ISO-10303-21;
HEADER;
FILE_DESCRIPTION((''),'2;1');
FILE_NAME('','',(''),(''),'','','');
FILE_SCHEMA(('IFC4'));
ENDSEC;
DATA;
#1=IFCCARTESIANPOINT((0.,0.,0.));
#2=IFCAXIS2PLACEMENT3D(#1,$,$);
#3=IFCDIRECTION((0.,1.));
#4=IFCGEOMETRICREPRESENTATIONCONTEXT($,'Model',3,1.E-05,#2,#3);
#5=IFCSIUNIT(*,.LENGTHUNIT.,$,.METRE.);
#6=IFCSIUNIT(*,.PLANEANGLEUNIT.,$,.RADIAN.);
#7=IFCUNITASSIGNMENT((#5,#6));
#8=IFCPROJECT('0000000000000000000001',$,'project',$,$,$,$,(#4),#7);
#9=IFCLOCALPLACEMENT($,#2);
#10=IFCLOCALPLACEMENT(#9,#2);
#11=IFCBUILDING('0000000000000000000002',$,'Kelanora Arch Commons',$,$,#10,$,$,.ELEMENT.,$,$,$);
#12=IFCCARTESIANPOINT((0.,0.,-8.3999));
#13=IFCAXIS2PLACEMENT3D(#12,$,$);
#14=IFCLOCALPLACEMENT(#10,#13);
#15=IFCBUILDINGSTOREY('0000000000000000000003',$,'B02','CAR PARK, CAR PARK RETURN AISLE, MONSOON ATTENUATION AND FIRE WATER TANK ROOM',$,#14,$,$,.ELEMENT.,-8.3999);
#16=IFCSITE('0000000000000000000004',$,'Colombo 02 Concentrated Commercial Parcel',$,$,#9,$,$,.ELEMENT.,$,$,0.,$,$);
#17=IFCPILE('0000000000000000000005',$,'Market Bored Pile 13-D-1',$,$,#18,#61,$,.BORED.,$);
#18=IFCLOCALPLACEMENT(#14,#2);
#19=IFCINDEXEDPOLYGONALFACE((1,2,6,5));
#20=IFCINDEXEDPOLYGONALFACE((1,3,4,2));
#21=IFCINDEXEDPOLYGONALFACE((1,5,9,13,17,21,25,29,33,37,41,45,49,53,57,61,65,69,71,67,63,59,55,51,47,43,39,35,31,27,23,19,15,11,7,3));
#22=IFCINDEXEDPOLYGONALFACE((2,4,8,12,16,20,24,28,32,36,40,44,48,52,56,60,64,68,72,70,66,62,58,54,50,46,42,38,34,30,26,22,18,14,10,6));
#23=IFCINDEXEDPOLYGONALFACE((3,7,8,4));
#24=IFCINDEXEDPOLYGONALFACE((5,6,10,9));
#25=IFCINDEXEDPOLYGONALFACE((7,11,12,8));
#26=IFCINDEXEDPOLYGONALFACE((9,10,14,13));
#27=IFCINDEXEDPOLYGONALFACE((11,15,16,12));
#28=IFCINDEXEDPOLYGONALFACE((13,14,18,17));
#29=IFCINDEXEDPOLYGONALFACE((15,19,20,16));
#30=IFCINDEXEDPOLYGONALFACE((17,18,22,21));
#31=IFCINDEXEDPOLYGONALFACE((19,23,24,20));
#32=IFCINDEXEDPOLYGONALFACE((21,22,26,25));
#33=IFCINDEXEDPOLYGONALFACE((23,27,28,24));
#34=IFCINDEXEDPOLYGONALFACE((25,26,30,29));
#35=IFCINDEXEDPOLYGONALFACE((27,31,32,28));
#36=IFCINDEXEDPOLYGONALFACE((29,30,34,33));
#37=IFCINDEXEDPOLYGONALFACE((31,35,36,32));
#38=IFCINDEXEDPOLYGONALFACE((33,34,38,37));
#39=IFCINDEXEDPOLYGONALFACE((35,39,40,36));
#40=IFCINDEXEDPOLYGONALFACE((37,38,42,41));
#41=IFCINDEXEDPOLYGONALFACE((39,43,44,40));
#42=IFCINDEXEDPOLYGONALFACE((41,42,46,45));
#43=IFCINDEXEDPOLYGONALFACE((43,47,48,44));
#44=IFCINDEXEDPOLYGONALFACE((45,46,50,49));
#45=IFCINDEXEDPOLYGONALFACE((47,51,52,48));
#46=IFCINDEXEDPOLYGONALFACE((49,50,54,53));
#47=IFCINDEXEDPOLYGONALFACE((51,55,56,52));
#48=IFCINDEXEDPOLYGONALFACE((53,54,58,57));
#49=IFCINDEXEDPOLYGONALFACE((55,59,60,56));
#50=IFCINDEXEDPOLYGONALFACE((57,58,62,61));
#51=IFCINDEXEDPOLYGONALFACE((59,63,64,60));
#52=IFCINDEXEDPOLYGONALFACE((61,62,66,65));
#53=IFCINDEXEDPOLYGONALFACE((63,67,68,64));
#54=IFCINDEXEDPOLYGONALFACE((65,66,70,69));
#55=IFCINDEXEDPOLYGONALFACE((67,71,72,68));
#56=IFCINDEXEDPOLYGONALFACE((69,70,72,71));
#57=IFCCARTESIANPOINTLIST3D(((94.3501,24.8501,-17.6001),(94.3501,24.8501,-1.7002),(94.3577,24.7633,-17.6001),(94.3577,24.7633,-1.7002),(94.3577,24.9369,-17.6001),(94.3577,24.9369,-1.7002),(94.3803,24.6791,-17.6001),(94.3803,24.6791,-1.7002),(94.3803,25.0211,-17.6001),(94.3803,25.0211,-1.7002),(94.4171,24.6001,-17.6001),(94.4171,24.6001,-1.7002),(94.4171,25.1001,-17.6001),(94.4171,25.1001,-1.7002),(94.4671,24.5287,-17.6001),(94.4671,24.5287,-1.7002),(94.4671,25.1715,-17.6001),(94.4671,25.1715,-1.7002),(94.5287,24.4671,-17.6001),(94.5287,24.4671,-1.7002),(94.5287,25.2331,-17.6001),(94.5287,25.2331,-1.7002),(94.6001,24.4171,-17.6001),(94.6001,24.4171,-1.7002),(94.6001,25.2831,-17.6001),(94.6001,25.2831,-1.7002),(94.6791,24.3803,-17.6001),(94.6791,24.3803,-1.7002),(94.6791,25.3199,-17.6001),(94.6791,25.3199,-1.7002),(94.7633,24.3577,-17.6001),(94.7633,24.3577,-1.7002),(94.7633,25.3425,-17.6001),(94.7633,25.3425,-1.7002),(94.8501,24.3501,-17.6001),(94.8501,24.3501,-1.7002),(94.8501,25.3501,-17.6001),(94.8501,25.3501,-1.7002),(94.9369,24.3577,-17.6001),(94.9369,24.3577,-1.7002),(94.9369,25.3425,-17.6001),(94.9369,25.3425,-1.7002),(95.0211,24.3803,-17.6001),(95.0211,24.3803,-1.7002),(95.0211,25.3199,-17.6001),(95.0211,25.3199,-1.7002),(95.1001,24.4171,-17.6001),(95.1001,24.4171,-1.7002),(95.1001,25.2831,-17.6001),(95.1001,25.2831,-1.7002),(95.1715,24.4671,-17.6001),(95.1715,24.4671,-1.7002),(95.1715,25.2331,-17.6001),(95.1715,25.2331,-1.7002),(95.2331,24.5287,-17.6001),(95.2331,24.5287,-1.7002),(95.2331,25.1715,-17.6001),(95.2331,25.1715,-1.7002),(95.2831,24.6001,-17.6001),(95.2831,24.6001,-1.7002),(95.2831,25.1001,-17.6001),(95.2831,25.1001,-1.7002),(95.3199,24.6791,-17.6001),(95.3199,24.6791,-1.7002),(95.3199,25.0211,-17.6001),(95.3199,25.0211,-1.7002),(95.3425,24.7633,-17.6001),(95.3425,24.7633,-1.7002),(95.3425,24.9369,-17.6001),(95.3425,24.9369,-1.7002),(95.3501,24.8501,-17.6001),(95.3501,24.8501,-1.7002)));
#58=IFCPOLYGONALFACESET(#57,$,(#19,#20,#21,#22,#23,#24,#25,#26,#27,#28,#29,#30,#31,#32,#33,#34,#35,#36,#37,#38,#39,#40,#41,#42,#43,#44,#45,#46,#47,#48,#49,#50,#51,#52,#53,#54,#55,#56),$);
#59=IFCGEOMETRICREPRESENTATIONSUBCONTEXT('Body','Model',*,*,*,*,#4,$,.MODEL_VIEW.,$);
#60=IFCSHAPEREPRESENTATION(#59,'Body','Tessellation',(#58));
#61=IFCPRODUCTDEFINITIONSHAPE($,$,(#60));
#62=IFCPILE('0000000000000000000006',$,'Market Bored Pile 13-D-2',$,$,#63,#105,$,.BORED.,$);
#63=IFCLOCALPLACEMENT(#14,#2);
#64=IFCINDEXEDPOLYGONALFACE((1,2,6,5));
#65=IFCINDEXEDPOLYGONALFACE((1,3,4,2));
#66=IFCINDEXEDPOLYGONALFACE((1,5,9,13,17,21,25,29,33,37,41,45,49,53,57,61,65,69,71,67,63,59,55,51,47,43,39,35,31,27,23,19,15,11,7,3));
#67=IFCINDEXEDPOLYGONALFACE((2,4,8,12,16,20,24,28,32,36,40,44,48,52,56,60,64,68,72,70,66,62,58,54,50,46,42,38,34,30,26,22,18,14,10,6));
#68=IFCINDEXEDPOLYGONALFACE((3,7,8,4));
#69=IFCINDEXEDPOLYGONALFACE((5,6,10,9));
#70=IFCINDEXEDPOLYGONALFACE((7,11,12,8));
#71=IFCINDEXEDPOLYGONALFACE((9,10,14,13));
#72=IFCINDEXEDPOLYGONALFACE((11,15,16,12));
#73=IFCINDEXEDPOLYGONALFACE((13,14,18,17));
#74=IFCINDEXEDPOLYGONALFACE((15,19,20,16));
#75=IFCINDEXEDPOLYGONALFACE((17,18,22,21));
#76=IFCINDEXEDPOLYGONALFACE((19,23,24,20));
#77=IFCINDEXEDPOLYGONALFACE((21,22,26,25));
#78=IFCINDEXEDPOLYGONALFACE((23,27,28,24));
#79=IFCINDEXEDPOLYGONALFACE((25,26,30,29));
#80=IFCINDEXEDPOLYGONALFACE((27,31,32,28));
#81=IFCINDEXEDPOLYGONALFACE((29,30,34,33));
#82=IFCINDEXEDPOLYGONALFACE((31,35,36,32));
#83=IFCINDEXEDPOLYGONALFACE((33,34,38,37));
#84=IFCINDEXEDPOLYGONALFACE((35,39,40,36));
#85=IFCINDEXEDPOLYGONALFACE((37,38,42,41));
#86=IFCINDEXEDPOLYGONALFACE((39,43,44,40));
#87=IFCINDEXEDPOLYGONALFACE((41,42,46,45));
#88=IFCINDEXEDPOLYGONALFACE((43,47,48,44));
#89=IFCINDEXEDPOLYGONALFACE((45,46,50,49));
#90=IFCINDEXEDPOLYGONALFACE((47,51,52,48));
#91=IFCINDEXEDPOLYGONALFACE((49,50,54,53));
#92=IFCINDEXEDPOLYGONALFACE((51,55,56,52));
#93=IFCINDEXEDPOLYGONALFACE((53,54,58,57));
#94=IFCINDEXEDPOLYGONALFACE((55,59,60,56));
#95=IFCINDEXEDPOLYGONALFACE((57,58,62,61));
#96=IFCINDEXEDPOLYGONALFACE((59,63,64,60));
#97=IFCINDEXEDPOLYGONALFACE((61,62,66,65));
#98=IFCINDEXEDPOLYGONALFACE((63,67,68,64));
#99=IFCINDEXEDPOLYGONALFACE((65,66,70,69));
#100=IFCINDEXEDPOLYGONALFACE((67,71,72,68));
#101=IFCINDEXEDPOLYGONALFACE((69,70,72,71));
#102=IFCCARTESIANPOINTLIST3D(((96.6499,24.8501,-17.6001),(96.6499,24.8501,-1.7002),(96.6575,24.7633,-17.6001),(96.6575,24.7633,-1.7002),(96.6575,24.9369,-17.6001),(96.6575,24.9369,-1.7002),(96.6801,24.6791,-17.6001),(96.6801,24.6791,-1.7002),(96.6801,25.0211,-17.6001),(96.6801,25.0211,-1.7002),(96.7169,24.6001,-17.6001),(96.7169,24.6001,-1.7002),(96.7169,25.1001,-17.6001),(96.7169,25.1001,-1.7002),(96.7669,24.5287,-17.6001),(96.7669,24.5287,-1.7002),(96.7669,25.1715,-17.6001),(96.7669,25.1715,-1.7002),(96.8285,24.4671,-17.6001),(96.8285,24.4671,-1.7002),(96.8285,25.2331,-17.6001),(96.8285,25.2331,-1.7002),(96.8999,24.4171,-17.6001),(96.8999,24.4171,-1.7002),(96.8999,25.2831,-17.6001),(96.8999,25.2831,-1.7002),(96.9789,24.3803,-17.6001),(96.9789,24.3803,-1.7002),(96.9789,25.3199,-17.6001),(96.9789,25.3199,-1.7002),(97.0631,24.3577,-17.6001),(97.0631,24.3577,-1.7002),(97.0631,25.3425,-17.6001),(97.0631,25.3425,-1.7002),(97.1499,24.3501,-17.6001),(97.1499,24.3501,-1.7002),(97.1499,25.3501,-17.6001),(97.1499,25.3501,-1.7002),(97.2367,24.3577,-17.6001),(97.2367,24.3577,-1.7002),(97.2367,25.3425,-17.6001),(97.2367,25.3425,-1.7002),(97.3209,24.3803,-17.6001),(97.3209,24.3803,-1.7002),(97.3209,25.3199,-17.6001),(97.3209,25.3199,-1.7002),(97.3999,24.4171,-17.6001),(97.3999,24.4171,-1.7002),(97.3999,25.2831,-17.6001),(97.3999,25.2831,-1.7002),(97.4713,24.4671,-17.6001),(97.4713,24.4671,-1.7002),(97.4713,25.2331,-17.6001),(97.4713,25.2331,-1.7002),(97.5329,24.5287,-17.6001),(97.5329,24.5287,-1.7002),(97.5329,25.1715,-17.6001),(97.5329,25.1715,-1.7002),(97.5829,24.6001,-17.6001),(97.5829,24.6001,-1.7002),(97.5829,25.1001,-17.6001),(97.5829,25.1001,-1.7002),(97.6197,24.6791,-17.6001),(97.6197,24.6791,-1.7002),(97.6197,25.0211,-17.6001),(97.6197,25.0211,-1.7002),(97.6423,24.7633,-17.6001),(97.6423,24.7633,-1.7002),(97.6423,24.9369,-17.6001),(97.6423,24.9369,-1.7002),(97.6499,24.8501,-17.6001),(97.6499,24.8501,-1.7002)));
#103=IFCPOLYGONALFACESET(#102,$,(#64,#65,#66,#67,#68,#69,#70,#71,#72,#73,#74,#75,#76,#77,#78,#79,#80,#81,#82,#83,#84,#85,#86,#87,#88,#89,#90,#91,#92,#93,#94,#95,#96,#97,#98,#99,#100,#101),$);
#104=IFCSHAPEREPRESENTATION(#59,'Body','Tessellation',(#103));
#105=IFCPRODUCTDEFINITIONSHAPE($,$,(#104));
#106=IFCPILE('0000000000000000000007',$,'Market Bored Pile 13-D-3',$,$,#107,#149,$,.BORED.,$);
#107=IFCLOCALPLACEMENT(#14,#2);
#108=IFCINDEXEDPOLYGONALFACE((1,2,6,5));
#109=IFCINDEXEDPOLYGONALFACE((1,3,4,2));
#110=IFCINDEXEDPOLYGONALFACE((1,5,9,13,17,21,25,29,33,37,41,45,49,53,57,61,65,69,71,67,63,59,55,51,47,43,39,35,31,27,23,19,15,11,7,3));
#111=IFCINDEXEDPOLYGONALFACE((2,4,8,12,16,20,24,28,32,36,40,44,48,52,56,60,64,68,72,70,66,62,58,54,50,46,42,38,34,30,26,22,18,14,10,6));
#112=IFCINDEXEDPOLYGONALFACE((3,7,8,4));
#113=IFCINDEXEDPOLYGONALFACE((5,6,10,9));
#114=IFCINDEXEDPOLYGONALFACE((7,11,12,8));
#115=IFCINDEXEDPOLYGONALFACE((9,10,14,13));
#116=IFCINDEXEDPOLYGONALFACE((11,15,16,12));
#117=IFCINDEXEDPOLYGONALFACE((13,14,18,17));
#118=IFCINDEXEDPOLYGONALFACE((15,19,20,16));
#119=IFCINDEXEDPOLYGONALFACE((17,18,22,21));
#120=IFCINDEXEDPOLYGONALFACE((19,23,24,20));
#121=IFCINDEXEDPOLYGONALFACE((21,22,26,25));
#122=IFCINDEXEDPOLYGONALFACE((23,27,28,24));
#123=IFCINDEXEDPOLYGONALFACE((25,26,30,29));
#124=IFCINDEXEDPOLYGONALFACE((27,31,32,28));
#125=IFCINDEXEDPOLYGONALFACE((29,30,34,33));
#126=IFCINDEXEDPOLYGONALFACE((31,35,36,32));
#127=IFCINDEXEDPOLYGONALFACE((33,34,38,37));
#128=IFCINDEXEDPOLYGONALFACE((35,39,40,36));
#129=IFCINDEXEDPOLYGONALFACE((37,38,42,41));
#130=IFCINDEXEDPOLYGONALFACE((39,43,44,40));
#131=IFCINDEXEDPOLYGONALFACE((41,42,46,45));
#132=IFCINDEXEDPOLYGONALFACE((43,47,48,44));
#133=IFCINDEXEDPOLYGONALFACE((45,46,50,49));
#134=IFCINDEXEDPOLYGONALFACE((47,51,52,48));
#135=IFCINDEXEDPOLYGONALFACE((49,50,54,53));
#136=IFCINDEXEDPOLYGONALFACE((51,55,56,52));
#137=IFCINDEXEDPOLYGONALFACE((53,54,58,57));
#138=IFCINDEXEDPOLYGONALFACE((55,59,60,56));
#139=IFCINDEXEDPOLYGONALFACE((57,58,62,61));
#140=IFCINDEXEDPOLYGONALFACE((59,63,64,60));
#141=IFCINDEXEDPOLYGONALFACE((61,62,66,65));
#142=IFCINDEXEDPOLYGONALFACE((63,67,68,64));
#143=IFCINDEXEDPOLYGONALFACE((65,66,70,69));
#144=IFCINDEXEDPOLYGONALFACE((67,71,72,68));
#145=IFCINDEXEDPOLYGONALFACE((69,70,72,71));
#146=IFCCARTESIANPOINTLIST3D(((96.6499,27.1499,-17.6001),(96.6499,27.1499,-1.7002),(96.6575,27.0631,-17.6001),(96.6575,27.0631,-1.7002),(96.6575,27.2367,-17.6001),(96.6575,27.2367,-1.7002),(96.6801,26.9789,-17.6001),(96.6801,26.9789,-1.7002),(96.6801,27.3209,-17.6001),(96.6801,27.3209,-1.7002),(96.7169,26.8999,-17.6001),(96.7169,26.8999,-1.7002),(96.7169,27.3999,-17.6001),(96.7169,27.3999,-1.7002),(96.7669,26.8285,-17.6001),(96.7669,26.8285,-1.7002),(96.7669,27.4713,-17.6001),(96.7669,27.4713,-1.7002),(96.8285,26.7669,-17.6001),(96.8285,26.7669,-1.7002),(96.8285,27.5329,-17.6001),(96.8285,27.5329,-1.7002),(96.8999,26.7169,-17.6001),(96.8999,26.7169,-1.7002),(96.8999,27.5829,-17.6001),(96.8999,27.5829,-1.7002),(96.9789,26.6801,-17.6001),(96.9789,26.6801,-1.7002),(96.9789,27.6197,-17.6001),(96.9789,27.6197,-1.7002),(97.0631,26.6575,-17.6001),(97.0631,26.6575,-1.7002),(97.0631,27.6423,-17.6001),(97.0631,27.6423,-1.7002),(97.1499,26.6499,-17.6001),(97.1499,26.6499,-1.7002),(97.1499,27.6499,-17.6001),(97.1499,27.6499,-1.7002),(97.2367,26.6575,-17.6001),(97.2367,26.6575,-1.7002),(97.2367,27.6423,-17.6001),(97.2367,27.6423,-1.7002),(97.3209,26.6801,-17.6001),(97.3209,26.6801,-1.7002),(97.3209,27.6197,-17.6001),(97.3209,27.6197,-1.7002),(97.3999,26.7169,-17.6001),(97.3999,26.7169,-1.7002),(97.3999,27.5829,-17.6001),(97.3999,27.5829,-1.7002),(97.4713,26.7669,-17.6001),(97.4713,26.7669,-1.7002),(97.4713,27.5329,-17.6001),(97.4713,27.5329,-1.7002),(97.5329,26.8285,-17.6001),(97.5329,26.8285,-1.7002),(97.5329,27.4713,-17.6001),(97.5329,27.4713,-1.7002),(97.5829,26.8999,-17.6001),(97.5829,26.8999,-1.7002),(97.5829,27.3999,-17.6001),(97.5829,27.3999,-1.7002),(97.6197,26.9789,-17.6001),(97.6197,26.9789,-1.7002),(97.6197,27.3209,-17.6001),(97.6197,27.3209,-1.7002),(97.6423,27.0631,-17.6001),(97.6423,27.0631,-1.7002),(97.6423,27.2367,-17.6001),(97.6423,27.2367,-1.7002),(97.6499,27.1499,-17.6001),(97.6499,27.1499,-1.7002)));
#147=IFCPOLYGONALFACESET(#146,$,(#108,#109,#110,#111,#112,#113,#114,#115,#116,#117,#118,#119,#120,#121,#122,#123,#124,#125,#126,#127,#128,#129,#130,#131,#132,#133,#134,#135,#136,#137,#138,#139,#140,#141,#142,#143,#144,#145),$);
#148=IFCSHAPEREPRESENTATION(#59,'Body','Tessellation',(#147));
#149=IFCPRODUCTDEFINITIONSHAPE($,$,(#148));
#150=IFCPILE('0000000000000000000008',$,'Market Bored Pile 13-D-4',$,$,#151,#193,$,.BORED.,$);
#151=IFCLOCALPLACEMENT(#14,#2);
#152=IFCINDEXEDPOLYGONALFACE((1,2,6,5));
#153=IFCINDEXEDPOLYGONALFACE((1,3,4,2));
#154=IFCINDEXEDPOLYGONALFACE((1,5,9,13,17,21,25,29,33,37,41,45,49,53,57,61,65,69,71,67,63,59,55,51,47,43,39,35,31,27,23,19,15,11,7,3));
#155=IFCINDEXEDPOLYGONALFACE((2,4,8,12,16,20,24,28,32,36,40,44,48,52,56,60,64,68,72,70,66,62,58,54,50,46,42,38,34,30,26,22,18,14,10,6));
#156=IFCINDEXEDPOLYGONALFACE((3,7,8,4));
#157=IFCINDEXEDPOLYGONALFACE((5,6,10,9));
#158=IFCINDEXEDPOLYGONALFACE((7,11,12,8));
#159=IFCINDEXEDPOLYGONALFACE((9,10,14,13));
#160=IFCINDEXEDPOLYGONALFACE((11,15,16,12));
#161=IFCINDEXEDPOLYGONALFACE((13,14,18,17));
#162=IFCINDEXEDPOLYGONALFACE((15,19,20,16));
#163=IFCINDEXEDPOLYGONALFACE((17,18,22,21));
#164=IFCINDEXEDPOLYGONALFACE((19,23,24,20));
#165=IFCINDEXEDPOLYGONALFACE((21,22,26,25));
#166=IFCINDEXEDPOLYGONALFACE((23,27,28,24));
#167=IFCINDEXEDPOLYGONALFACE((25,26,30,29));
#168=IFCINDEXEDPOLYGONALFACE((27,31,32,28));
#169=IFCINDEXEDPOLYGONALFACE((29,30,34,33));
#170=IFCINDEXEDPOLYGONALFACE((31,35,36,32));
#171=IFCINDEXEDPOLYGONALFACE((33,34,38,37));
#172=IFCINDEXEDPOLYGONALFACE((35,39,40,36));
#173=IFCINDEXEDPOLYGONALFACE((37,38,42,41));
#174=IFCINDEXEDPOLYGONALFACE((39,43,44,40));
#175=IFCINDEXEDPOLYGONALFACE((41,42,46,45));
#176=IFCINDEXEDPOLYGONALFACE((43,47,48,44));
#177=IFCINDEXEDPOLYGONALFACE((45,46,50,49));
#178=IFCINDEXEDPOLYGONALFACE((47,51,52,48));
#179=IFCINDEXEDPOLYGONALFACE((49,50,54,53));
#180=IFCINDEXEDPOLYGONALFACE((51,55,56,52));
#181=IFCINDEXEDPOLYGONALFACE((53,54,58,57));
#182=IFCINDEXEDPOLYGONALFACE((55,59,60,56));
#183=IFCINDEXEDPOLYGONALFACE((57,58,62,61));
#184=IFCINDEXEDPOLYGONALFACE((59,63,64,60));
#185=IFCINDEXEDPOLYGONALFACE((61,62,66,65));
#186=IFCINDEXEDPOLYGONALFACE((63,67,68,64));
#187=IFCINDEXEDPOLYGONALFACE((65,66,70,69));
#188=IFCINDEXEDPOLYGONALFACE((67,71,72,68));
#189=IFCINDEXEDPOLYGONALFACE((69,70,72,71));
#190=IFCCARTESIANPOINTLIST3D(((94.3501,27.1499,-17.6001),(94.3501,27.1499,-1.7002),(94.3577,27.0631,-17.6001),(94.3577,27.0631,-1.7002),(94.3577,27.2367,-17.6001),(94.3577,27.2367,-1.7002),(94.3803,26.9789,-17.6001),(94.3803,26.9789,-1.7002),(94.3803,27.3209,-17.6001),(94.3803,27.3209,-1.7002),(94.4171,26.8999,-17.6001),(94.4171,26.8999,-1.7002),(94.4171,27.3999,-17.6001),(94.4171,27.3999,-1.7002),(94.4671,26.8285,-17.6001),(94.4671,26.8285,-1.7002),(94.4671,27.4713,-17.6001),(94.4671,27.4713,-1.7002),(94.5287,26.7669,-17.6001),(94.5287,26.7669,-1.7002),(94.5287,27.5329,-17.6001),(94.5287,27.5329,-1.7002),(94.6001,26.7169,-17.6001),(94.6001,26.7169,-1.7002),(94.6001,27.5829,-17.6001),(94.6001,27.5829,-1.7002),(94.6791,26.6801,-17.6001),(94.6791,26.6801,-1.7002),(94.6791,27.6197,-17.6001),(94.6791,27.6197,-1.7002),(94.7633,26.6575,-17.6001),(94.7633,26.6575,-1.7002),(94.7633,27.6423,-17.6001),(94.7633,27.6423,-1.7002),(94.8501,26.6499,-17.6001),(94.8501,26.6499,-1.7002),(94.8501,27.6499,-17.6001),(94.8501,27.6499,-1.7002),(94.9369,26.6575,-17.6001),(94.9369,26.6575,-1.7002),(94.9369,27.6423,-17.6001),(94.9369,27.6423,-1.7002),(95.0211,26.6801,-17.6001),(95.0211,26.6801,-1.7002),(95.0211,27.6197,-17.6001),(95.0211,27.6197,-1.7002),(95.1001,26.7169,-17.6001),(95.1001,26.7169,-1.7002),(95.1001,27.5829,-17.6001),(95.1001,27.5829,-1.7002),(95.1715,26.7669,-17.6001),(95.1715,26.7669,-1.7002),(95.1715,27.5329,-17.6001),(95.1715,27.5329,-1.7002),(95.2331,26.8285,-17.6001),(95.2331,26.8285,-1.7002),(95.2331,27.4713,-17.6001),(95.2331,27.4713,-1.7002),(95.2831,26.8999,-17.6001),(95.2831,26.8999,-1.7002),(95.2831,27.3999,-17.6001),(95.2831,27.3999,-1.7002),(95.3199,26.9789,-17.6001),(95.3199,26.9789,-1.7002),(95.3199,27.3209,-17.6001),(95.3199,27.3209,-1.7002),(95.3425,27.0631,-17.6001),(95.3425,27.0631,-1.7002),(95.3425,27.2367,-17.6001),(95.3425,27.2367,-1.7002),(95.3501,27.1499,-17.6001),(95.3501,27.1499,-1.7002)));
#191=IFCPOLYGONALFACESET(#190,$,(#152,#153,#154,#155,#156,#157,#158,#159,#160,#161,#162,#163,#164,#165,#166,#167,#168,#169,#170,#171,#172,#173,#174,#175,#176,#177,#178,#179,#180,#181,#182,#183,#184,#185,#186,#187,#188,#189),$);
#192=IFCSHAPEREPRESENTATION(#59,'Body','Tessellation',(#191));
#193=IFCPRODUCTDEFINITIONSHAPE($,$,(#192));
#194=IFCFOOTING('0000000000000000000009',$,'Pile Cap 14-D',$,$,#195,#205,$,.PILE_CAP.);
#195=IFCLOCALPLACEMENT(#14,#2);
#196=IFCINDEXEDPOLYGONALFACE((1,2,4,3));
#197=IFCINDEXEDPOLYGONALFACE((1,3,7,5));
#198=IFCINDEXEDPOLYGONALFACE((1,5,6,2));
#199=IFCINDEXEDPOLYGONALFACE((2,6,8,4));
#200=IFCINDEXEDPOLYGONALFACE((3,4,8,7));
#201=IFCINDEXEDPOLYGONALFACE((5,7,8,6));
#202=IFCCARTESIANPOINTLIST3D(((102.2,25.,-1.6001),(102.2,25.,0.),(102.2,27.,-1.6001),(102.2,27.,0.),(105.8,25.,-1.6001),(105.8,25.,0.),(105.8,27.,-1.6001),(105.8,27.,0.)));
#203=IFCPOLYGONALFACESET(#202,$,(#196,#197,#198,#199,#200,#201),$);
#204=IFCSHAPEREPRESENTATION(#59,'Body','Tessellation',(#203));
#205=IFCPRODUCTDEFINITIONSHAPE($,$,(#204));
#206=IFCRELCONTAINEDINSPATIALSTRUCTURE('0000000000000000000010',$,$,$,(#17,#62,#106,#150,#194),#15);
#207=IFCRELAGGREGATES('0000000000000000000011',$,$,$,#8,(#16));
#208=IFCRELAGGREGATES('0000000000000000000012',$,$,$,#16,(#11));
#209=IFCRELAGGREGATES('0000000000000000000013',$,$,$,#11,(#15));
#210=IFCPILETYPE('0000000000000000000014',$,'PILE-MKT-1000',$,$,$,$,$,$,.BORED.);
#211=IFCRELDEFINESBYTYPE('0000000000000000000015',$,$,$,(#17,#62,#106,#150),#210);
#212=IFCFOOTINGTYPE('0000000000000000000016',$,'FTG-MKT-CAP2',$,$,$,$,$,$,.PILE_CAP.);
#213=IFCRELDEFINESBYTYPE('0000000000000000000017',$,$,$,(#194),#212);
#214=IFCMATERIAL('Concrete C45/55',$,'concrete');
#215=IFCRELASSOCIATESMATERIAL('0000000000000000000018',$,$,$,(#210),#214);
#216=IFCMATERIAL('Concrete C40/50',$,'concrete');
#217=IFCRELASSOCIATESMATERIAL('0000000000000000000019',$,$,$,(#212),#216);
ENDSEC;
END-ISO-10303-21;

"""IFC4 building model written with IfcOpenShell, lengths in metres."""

from ifc_helpers import new_model, si_unit, direction, frame, origin, origin_2d, place, context, subcontext, project, spatial, rectangle, circle, extrude, source, transform, mapped, material, material_profile, profile_set, type_object, element, save


model = new_model("IFC4")

# Units and contexts
model_context = context("Model", 3, precision=1e-05, world=origin(), true_north=direction((0.0, 1.0)))
body_context = subcontext(model_context, "Body", "Model", "MODEL_VIEW")
ifc_project = project(units=[si_unit("LENGTHUNIT", "METRE"), si_unit("PLANEANGLEUNIT", "RADIAN")], contexts=[model_context])

# Site, building, storey
site_placement = place(None, origin())
site = spatial("IfcSite", under=ifc_project, at=site_placement, Name="Colombo 02 Concentrated Commercial Parcel", CompositionType="ELEMENT", RefElevation=0.0)
building_placement = place(site_placement, origin())
building = spatial("IfcBuilding", under=site, at=building_placement, Name="Kelanora Arch Commons", CompositionType="ELEMENT")
storey_placement = place(building_placement, frame((0.0, 0.0, -8.3999)))
storey = spatial("IfcBuildingStorey", under=building, at=storey_placement, Name="B02", Description="CAR PARK, CAR PARK RETURN AISLE, MONSOON ATTENUATION AND FIRE WATER TANK ROOM", CompositionType="ELEMENT", Elevation=-8.3999)

# Shared definitions
ifc_material_1 = material(Name="Concrete C45/55", Category="concrete")

# Shared definitions
ifc_material_2 = material(Name="Concrete C40/50", Category="concrete")

# Piles
ifc_material_profile_1 = material_profile(ifc_material_1, circle(Radius=0.5, at=origin_2d()), Name="PILE1000")
ifc_profile_set_1 = profile_set([ifc_material_profile_1], Name="Concrete C45/55")
pile_type_1 = type_object("IfcPileType", Name="PILE-MKT-1000", PredefinedType="BORED", material=ifc_profile_set_1)
shared_shape_1 = source(origin(), body_context, "Body", "SweptSolid", [
    extrude(circle(Radius=0.5, at=origin_2d()), origin(), (0.0, 0.0, 1.0), 15.8999),
])
for number, where, z_axis, x_axis, name in (
    (1, (94.8501, 24.8501, -1.7002), (0.0, 0.0, -1.0), (1.0, 0.0, 0.0), "Market Bored Pile 13-D-1"),
    (2, (97.1499, 24.8501, -1.7002), (0.0, 0.0, -1.0), (1.0, 0.0, 0.0), "Market Bored Pile 13-D-2"),
    (3, (97.1499, 27.1499, -1.7002), (0.0, 0.0, -1.0), (1.0, 0.0, 0.0), "Market Bored Pile 13-D-3"),
    (4, (94.8501, 27.1499, -1.7002), (0.0, 0.0, -1.0), (1.0, 0.0, 0.0), "Market Bored Pile 13-D-4"),
):
    element("IfcPile", number, at=place(storey_placement, frame(where, z_axis=z_axis, x_axis=x_axis)), inside=storey, type_object=pile_type_1, Name=name, PredefinedType="BORED", context=body_context, shape_type="MappedRepresentation", body=[
        mapped(shared_shape_1, transform((0.0, 0.0, 0.0), scale=1.0)),
    ])

# Footing
footing_type_1 = type_object("IfcFootingType", Name="FTG-MKT-CAP2", PredefinedType="PILE_CAP", material=ifc_material_2)
shared_shape_2 = source(origin(), body_context, "Body", "SweptSolid", [
    extrude(rectangle(XDim=3.6001, YDim=2.0, at=origin_2d()), origin(), (0.0, 0.0, 1.0), 1.6001),
])
footing_1_placement = place(storey_placement, frame((104.0, 26.0, -1.6001), z_axis=(0.0, 0.0, 1.0), x_axis=(1.0, 0.0, 0.0)))
element("IfcFooting", 5, at=footing_1_placement, inside=storey, type_object=footing_type_1, Name="Pile Cap 14-D", PredefinedType="PILE_CAP", context=body_context, shape_type="MappedRepresentation", body=[
    mapped(shared_shape_2, transform((0.0, 0.0, 0.0), scale=1.0)),
])

save(model, "model.ifc")
